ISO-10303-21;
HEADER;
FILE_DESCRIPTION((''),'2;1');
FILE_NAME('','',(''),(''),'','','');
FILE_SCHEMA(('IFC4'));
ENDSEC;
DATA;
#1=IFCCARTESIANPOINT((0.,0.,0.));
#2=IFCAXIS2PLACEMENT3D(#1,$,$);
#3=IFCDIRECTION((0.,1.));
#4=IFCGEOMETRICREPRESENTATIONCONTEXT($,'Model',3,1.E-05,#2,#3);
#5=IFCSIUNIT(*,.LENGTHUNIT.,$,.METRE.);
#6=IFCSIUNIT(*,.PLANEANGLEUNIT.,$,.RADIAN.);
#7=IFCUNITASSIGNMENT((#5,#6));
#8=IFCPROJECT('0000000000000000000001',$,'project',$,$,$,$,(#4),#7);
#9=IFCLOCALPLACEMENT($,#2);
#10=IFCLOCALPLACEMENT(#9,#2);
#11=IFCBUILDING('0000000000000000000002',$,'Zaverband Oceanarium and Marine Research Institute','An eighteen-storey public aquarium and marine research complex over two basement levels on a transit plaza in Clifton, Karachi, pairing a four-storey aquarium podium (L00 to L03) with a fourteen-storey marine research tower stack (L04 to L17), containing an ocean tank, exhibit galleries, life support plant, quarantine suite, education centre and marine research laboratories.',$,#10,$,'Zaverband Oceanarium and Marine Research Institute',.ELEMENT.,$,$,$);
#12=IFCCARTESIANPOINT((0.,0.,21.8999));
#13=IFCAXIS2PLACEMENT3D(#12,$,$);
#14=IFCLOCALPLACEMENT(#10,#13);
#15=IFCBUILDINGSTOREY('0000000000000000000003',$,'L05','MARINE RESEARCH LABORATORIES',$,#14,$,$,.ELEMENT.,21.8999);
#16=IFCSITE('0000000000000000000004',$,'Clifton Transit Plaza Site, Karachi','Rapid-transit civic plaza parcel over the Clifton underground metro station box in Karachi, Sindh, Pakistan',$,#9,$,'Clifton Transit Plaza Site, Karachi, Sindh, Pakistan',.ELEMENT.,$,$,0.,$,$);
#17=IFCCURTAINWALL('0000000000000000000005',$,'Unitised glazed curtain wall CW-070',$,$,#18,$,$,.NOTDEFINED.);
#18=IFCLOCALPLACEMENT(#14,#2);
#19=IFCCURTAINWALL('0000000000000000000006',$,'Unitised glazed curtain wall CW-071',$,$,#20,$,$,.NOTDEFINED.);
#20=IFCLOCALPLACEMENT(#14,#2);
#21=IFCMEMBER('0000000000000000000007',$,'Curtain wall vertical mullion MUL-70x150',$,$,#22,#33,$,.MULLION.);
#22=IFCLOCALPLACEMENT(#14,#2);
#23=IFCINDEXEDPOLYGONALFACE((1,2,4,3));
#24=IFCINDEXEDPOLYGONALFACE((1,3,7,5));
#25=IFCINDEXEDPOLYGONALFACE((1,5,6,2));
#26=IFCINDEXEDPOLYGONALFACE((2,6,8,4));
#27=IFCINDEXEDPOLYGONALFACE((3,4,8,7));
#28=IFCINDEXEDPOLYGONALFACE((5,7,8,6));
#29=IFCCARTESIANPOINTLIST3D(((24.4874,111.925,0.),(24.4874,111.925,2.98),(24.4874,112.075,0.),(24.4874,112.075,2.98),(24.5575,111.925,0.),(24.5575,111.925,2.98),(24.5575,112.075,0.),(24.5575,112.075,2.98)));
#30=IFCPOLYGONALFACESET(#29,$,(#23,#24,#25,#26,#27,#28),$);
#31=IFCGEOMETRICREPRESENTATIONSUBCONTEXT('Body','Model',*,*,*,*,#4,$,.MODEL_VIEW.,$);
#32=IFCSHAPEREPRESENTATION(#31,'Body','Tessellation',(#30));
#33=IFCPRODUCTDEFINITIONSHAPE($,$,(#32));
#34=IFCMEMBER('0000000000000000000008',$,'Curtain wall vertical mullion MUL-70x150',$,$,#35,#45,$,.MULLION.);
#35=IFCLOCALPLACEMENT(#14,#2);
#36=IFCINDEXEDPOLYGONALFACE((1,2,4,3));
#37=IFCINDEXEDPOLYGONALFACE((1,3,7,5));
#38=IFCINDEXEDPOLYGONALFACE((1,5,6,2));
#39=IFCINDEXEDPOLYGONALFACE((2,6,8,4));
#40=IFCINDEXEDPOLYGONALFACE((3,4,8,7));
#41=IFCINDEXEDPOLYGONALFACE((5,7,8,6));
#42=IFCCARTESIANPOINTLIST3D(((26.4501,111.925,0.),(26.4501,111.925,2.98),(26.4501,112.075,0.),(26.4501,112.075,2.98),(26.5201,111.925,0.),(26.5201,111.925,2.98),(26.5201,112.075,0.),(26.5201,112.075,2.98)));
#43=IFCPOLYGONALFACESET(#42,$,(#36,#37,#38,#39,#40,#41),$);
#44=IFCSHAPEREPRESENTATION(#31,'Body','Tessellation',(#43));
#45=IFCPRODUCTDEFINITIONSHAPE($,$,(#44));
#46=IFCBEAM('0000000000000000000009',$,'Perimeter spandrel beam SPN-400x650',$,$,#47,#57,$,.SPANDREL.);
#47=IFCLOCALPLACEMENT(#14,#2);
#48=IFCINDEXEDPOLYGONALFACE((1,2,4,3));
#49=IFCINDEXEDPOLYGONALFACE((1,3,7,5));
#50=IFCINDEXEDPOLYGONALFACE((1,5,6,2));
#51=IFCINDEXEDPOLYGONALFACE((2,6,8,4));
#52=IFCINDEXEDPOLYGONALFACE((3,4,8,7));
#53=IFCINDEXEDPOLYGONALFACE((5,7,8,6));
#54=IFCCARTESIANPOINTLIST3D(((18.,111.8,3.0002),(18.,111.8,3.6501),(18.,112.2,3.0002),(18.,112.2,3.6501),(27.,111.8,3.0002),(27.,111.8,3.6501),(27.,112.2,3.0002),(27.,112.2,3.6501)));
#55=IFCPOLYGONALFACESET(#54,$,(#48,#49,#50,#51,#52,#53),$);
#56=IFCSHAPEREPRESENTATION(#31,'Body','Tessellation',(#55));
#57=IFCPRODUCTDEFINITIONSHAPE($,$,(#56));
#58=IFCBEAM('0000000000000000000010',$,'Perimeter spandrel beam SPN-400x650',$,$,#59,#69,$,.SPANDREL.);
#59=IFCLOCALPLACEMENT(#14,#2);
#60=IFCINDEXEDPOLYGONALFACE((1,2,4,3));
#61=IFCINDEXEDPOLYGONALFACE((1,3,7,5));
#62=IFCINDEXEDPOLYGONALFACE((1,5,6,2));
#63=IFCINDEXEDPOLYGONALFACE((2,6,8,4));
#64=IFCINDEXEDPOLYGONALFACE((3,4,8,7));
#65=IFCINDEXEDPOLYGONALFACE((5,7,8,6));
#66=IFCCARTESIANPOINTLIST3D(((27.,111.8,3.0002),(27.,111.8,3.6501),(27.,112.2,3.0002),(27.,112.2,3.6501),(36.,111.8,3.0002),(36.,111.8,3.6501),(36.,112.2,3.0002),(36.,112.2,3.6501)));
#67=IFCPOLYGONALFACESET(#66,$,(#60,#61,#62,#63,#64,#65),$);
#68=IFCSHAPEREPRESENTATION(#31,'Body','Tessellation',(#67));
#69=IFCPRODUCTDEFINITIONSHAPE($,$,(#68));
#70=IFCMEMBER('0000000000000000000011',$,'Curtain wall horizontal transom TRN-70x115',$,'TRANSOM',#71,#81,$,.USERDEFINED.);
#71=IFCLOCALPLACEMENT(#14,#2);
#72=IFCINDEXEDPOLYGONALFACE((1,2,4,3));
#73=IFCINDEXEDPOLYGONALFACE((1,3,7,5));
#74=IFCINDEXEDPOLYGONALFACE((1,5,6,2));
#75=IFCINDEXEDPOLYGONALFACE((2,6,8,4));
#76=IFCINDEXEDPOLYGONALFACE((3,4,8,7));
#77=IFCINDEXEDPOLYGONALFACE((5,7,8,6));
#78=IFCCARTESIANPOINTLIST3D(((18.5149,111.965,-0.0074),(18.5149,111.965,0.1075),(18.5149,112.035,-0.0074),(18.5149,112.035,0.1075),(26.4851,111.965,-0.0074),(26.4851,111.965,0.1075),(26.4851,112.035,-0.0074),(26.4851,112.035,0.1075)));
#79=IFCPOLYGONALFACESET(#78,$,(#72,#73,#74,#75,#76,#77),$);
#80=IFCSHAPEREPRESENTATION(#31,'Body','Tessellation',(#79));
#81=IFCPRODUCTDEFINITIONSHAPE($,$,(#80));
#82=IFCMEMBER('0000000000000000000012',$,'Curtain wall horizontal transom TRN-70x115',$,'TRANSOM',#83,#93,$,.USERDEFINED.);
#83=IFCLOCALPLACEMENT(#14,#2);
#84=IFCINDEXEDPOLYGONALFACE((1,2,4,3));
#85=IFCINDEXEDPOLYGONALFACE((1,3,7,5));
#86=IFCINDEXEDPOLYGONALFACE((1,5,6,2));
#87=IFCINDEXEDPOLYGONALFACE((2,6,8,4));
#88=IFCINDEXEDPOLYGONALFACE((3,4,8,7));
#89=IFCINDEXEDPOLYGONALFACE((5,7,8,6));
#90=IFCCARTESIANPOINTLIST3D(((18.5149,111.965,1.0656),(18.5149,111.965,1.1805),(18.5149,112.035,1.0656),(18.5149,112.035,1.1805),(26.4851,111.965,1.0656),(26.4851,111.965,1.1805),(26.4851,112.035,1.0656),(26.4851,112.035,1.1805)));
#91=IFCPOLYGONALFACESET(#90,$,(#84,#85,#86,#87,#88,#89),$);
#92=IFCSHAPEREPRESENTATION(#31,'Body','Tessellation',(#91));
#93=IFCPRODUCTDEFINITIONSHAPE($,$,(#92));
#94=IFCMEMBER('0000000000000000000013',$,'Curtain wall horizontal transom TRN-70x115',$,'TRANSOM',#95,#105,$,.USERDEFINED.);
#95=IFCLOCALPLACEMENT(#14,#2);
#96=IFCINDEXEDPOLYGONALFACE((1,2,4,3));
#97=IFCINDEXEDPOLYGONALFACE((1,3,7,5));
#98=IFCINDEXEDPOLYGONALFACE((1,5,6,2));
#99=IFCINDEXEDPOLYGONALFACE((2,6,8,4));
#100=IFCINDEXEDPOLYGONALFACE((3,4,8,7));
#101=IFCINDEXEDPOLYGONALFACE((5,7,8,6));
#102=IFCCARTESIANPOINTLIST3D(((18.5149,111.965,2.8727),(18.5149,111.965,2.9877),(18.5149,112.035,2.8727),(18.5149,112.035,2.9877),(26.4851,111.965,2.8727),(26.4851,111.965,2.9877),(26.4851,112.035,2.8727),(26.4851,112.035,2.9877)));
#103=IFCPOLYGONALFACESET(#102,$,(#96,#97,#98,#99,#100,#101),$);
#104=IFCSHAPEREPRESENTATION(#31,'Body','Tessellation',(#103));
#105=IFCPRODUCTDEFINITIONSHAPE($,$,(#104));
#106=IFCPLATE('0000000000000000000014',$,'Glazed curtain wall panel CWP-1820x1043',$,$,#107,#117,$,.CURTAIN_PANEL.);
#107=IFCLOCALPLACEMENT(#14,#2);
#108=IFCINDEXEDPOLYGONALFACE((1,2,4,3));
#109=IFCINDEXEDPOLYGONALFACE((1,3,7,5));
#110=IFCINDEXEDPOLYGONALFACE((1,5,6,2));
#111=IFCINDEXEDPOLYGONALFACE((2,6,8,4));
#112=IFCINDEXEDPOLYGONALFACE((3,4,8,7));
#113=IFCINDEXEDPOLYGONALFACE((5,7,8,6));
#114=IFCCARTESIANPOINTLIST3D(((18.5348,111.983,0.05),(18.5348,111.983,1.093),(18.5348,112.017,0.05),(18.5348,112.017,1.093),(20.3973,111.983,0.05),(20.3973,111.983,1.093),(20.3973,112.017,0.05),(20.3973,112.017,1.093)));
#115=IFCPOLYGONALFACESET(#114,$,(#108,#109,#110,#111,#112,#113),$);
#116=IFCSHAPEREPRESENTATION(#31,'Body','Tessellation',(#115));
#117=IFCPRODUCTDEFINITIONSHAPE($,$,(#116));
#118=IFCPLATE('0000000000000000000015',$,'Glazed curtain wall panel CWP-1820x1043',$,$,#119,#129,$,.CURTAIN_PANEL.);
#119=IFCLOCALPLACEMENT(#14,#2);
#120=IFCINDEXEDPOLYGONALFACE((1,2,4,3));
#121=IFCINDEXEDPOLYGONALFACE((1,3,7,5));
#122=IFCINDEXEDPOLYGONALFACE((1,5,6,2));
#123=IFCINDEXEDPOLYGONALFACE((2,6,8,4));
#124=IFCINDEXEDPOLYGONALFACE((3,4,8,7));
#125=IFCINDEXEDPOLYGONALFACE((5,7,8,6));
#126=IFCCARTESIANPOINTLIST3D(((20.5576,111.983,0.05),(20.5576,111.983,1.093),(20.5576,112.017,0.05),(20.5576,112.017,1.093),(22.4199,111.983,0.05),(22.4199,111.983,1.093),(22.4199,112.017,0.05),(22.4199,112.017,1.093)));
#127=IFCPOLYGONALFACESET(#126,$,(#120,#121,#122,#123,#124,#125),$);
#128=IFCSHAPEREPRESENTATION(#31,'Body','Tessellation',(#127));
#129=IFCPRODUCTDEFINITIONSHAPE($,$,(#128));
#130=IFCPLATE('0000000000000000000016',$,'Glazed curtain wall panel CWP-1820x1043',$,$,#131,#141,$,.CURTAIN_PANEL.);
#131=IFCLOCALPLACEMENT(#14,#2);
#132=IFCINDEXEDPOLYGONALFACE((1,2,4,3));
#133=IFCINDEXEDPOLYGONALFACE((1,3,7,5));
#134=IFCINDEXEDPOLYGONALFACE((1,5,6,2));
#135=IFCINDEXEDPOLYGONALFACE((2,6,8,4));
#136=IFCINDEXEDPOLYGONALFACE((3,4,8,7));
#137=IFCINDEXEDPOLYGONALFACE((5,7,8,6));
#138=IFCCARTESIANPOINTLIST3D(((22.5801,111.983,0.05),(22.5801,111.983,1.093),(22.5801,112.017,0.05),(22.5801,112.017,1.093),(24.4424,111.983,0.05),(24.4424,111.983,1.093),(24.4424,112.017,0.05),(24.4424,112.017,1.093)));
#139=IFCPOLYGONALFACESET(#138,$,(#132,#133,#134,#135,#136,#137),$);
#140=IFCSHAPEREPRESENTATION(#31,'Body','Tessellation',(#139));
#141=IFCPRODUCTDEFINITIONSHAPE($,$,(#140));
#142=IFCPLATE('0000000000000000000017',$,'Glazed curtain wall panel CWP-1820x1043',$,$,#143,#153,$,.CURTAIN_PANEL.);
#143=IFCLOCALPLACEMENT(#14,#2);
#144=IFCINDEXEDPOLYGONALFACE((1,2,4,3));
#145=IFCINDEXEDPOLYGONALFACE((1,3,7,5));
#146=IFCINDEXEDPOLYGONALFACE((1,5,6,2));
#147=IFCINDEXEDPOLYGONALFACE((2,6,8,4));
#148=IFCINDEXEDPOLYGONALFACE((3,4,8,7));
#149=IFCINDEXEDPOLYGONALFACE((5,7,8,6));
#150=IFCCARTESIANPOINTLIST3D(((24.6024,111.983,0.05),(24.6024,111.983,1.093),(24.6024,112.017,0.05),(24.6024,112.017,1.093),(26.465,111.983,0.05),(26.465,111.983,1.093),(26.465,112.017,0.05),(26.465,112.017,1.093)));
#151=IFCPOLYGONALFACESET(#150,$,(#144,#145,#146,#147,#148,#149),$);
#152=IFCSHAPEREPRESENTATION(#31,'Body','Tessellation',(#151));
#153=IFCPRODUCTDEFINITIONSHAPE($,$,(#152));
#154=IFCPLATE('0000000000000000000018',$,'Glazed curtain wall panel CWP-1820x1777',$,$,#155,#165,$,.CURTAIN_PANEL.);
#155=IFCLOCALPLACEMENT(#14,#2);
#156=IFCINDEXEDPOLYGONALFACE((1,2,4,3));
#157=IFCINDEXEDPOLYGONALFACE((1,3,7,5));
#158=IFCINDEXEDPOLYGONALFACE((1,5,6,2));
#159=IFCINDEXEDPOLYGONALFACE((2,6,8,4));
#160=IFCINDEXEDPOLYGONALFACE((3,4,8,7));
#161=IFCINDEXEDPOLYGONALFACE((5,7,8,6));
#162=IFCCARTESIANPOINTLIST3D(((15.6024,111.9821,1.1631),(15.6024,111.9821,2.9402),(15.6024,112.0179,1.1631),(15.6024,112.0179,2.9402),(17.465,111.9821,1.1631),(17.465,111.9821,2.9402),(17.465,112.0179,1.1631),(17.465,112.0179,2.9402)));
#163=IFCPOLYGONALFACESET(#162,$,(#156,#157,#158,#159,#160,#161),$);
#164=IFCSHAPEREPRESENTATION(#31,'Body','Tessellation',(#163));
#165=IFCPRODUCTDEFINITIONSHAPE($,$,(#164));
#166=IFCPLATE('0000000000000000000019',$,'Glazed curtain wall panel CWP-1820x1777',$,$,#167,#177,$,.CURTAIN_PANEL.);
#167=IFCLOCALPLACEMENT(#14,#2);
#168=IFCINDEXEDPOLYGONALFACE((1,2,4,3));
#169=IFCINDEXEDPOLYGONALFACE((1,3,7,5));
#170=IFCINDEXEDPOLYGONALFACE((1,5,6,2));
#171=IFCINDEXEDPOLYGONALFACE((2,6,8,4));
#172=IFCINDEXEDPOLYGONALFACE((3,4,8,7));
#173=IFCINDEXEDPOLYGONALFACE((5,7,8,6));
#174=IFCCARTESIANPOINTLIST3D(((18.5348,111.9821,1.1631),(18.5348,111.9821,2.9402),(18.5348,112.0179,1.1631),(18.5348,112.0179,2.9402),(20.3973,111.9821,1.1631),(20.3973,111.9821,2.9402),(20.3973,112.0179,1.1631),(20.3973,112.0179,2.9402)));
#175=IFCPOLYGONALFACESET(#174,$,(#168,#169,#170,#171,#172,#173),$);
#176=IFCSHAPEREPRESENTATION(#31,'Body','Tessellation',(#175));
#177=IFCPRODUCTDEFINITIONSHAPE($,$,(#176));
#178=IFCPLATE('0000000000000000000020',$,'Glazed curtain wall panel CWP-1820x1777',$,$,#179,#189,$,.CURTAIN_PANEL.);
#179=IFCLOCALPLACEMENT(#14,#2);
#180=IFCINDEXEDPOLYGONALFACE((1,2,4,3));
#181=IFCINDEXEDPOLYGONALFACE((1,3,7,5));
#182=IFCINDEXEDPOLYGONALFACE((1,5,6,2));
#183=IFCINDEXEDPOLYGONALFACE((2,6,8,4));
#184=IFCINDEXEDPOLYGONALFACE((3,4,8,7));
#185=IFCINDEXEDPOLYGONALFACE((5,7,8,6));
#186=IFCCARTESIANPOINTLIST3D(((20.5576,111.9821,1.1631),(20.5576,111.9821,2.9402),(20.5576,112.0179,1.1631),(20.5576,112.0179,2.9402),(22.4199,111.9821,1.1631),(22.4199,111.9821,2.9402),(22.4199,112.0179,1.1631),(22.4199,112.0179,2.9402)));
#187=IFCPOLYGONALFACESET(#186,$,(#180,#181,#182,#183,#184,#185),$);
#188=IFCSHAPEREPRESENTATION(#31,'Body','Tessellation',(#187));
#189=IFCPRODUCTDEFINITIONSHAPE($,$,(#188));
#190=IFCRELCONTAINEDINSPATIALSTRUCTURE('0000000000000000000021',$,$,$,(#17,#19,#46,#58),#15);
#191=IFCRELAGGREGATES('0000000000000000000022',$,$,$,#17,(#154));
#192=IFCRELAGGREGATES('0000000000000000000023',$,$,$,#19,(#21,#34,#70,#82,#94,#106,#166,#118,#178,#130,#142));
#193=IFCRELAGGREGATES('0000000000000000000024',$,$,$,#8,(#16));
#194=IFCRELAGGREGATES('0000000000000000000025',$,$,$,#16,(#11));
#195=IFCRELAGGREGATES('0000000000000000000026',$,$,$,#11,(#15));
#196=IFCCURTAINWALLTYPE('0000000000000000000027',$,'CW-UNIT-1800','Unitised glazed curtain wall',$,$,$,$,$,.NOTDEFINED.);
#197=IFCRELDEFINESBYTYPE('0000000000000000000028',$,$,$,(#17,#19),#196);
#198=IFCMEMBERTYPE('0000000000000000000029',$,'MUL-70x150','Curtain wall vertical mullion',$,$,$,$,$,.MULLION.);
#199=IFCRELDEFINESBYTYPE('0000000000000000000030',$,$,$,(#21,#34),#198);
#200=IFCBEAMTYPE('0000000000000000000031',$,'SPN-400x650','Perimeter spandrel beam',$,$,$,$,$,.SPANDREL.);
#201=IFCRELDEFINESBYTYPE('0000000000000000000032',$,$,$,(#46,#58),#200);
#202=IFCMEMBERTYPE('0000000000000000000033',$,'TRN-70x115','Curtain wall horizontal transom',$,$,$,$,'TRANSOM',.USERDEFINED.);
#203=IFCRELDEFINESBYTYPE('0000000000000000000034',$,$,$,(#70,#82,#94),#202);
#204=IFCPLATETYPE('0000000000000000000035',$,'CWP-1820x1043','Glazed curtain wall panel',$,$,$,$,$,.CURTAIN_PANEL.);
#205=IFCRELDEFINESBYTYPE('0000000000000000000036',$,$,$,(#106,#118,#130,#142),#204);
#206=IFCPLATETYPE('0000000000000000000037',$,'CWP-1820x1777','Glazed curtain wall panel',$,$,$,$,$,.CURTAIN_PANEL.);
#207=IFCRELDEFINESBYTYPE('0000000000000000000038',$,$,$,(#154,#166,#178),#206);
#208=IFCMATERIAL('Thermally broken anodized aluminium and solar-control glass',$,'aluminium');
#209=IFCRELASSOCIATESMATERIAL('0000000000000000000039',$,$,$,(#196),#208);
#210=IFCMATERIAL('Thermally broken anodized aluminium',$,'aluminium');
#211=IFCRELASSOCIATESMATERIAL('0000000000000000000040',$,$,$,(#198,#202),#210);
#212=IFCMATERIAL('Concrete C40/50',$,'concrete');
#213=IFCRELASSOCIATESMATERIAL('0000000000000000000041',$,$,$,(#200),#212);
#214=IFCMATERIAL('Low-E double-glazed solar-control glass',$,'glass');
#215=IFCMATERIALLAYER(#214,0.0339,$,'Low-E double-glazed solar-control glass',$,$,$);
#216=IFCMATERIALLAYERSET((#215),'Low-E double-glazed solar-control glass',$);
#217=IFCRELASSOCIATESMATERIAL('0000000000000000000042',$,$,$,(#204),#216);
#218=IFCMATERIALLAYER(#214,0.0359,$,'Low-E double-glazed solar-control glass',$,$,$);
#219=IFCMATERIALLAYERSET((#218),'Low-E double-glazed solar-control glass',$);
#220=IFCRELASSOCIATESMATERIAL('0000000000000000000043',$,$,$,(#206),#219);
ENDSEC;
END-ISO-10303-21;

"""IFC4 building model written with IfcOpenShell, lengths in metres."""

from ifc_helpers import new_model, si_unit, direction, frame, frame_2d, origin, origin_2d, place, context, subcontext, project, spatial, rectangle, extrude, material, layer, layer_set, material_profile, profile_set, type_object, element, aggregate, save


model = new_model("IFC4")

# Units and contexts
model_context = context("Model", 3, precision=1e-05, world=origin(), true_north=direction((0.0, 1.0)))
body_context = subcontext(model_context, "Body", "Model", "MODEL_VIEW")
ifc_project = project(units=[si_unit("LENGTHUNIT", "METRE"), si_unit("PLANEANGLEUNIT", "RADIAN")], contexts=[model_context])

# Site, building, storey
site_placement = place(None, origin())
site = spatial("IfcSite", under=ifc_project, at=site_placement, Name="Clifton Transit Plaza Site, Karachi", Description="Rapid-transit civic plaza parcel over the Clifton underground metro station box in Karachi, Sindh, Pakistan", LongName="Clifton Transit Plaza Site, Karachi, Sindh, Pakistan", CompositionType="ELEMENT", RefElevation=0.0)
building_placement = place(site_placement, origin())
building = spatial("IfcBuilding", under=site, at=building_placement, Name="Zaverband Oceanarium and Marine Research Institute", Description="An eighteen-storey public aquarium and marine research complex over two basement levels on a transit plaza in Clifton, Karachi, pairing a four-storey aquarium podium (L00 to L03) with a fourteen-storey marine research tower stack (L04 to L17), containing an ocean tank, exhibit galleries, life support plant, quarantine suite, education centre and marine research laboratories.", LongName="Zaverband Oceanarium and Marine Research Institute", CompositionType="ELEMENT")
storey_placement = place(building_placement, frame((0.0, 0.0, 21.8999)))
storey = spatial("IfcBuildingStorey", under=building, at=storey_placement, Name="L05", Description="MARINE RESEARCH LABORATORIES", CompositionType="ELEMENT", Elevation=21.8999)

# Shared definitions
ifc_material_1 = material(Name="Concrete C40/50", Category="concrete")

# Curtain wall
ifc_material_2 = material(Name="Thermally broken anodized aluminium and solar-control glass", Category="aluminium")
curtain_wall_type = type_object("IfcCurtainWallType", Name="CW-UNIT-1800", Description="Unitised glazed curtain wall", PredefinedType="NOTDEFINED", material=ifc_material_2)
curtain_wall_1_placement = place(storey_placement, origin())
curtain_wall_1 = element("IfcCurtainWall", 1, at=curtain_wall_1_placement, inside=storey, type_object=curtain_wall_type, Name="Unitised glazed curtain wall CW-070", PredefinedType="NOTDEFINED")
ifc_material_3 = material(Name="Thermally broken anodized aluminium", Category="aluminium")
ifc_material_profile_1 = material_profile(ifc_material_3, rectangle(XDim=0.0701, YDim=0.1499, at=origin_2d()), Name="AL-MUL-70x150")
ifc_profile_set_1 = profile_set([ifc_material_profile_1], Name="Thermally broken anodized aluminium")
member_type_1 = type_object("IfcMemberType", Name="MUL-70x150", Description="Curtain wall vertical mullion", PredefinedType="MULLION", material=ifc_profile_set_1)

# Curtain wall, members
curtain_wall_2_placement = place(storey_placement, origin())
curtain_wall_2 = element("IfcCurtainWall", 2, at=curtain_wall_2_placement, inside=storey, type_object=curtain_wall_type, Name="Unitised glazed curtain wall CW-071", PredefinedType="NOTDEFINED")
member_1_placement = place(storey_placement, frame((24.5225, 112.0, 0.0), z_axis=(0.0, 0.0, 1.0), x_axis=(1.0, 0.0, 0.0)))
member_1 = element("IfcMember", 3, at=member_1_placement, type_object=member_type_1, Name="Curtain wall vertical mullion MUL-70x150", PredefinedType="MULLION", context=body_context, shape_type="SweptSolid", body=[
    extrude(rectangle(XDim=0.0701, YDim=0.1499, at=origin_2d()), origin(), (0.0, 0.0, 1.0), 2.98),
])
member_2_placement = place(storey_placement, frame((26.4851, 112.0, 0.0), z_axis=(0.0, 0.0, 1.0), x_axis=(1.0, 0.0, 0.0)))
member_2 = element("IfcMember", 4, at=member_2_placement, type_object=member_type_1, Name="Curtain wall vertical mullion MUL-70x150", PredefinedType="MULLION", context=body_context, shape_type="SweptSolid", body=[
    extrude(rectangle(XDim=0.0701, YDim=0.1499, at=origin_2d()), origin(), (0.0, 0.0, 1.0), 2.98),
])

# Beams
ifc_material_profile_2 = material_profile(ifc_material_1, rectangle(XDim=0.3999, YDim=0.6499, at=origin_2d()), Name="RC400x650")
ifc_profile_set_2 = profile_set([ifc_material_profile_2], Name="Concrete C40/50")
beam_type_1 = type_object("IfcBeamType", Name="SPN-400x650", Description="Perimeter spandrel beam", PredefinedType="SPANDREL", material=ifc_profile_set_2)
for number, where, z_axis, x_axis, name in (
    (5, (18.0, 112.0, 3.3252), (1.0, 0.0, 0.0), (0.0, 1.0, 0.0), "Perimeter spandrel beam SPN-400x650"),
    (6, (27.0, 112.0, 3.3252), (1.0, 0.0, 0.0), (0.0, 1.0, 0.0), "Perimeter spandrel beam SPN-400x650"),
):
    element("IfcBeam", number, at=place(storey_placement, frame(where, z_axis=z_axis, x_axis=x_axis)), inside=storey, type_object=beam_type_1, Name=name, PredefinedType="SPANDREL", context=body_context, shape_type="SweptSolid", body=[
        extrude(rectangle(XDim=0.3999, YDim=0.6499, at=origin_2d()), origin(), (0.0, 0.0, 1.0), 9.0),
    ])

# Members
ifc_material_profile_3 = material_profile(ifc_material_3, rectangle(XDim=0.0701, YDim=0.115, at=origin_2d()), Name="AL-TRN-70x115")
ifc_profile_set_3 = profile_set([ifc_material_profile_3], Name="Thermally broken anodized aluminium")
member_type_2 = type_object("IfcMemberType", Name="TRN-70x115", Description="Curtain wall horizontal transom", ElementType="TRANSOM", PredefinedType="USERDEFINED", material=ifc_profile_set_3)
member_3_placement = place(storey_placement, frame((18.5149, 112.0, 0.05), z_axis=(1.0, 0.0, 0.0), x_axis=(0.0, 1.0, 0.0)))
member_3 = element("IfcMember", 7, at=member_3_placement, type_object=member_type_2, Name="Curtain wall horizontal transom TRN-70x115", ObjectType="TRANSOM", PredefinedType="USERDEFINED", context=body_context, shape_type="SweptSolid", body=[
    extrude(rectangle(XDim=0.0701, YDim=0.115, at=origin_2d()), origin(), (0.0, 0.0, 1.0), 7.9702),
])
member_4_placement = place(storey_placement, frame((18.5149, 112.0, 1.123), z_axis=(1.0, 0.0, 0.0), x_axis=(0.0, 1.0, 0.0)))
member_4 = element("IfcMember", 8, at=member_4_placement, type_object=member_type_2, Name="Curtain wall horizontal transom TRN-70x115", ObjectType="TRANSOM", PredefinedType="USERDEFINED", context=body_context, shape_type="SweptSolid", body=[
    extrude(rectangle(XDim=0.0701, YDim=0.115, at=origin_2d()), origin(), (0.0, 0.0, 1.0), 7.9702),
])
member_5_placement = place(storey_placement, frame((18.5149, 112.0, 2.9302), z_axis=(1.0, 0.0, 0.0), x_axis=(0.0, 1.0, 0.0)))
member_5 = element("IfcMember", 9, at=member_5_placement, type_object=member_type_2, Name="Curtain wall horizontal transom TRN-70x115", ObjectType="TRANSOM", PredefinedType="USERDEFINED", context=body_context, shape_type="SweptSolid", body=[
    extrude(rectangle(XDim=0.0701, YDim=0.115, at=origin_2d()), origin(), (0.0, 0.0, 1.0), 7.9702),
])

# Plates
ifc_material_4 = material(Name="Low-E double-glazed solar-control glass", Category="glass")
ifc_layer_1 = layer(ifc_material_4, 0.0339, Name="Low-E double-glazed solar-control glass")
ifc_layer_set_1 = layer_set([ifc_layer_1], Name="Low-E double-glazed solar-control glass")
plate_type_1 = type_object("IfcPlateType", Name="CWP-1820x1043", Description="Glazed curtain wall panel", PredefinedType="CURTAIN_PANEL", material=ifc_layer_set_1)
plate_1_placement = place(storey_placement, frame((18.5349, 112.0, 0.05), z_axis=(0.0, 0.0, 1.0), x_axis=(1.0, 0.0, 0.0)))
plate_1 = element("IfcPlate", 10, at=plate_1_placement, type_object=plate_type_1, Name="Glazed curtain wall panel CWP-1820x1043", PredefinedType="CURTAIN_PANEL", context=body_context, shape_type="SweptSolid", body=[
    extrude(rectangle(XDim=1.8625, YDim=0.0339, at=frame_2d((0.9312, 0.0))), origin(), (0.0, 0.0, 1.0), 1.043),
])
plate_2_placement = place(storey_placement, frame((20.5576, 112.0, 0.05), z_axis=(0.0, 0.0, 1.0), x_axis=(1.0, 0.0, 0.0)))
plate_2 = element("IfcPlate", 11, at=plate_2_placement, type_object=plate_type_1, Name="Glazed curtain wall panel CWP-1820x1043", PredefinedType="CURTAIN_PANEL", context=body_context, shape_type="SweptSolid", body=[
    extrude(rectangle(XDim=1.8623, YDim=0.0339, at=frame_2d((0.9312, 0.0))), origin(), (0.0, 0.0, 1.0), 1.043),
])
plate_3_placement = place(storey_placement, frame((22.5801, 112.0, 0.05), z_axis=(0.0, 0.0, 1.0), x_axis=(1.0, 0.0, 0.0)))
plate_3 = element("IfcPlate", 12, at=plate_3_placement, type_object=plate_type_1, Name="Glazed curtain wall panel CWP-1820x1043", PredefinedType="CURTAIN_PANEL", context=body_context, shape_type="SweptSolid", body=[
    extrude(rectangle(XDim=1.8623, YDim=0.0339, at=frame_2d((0.9312, 0.0))), origin(), (0.0, 0.0, 1.0), 1.043),
])
plate_4_placement = place(storey_placement, frame((24.6025, 112.0, 0.05), z_axis=(0.0, 0.0, 1.0), x_axis=(1.0, 0.0, 0.0)))
plate_4 = element("IfcPlate", 13, at=plate_4_placement, type_object=plate_type_1, Name="Glazed curtain wall panel CWP-1820x1043", PredefinedType="CURTAIN_PANEL", context=body_context, shape_type="SweptSolid", body=[
    extrude(rectangle(XDim=1.8625, YDim=0.0339, at=frame_2d((0.9312, 0.0))), origin(), (0.0, 0.0, 1.0), 1.043),
])
ifc_layer_2 = layer(ifc_material_4, 0.0359, Name="Low-E double-glazed solar-control glass")
ifc_layer_set_2 = layer_set([ifc_layer_2], Name="Low-E double-glazed solar-control glass")
plate_type_2 = type_object("IfcPlateType", Name="CWP-1820x1777", Description="Glazed curtain wall panel", PredefinedType="CURTAIN_PANEL", material=ifc_layer_set_2)
plate_5_placement = place(storey_placement, frame((15.6025, 112.0, 1.1631), z_axis=(0.0, 0.0, 1.0), x_axis=(1.0, 0.0, 0.0)))
plate_5 = element("IfcPlate", 14, at=plate_5_placement, type_object=plate_type_2, Name="Glazed curtain wall panel CWP-1820x1777", PredefinedType="CURTAIN_PANEL", context=body_context, shape_type="SweptSolid", body=[
    extrude(rectangle(XDim=1.8625, YDim=0.0359, at=frame_2d((0.9312, 0.0))), origin(), (0.0, 0.0, 1.0), 1.7771),
])
aggregate(curtain_wall_1, [plate_5])
plate_6_placement = place(storey_placement, frame((18.5349, 112.0, 1.1631), z_axis=(0.0, 0.0, 1.0), x_axis=(1.0, 0.0, 0.0)))
plate_6 = element("IfcPlate", 15, at=plate_6_placement, type_object=plate_type_2, Name="Glazed curtain wall panel CWP-1820x1777", PredefinedType="CURTAIN_PANEL", context=body_context, shape_type="SweptSolid", body=[
    extrude(rectangle(XDim=1.8625, YDim=0.0359, at=frame_2d((0.9312, 0.0))), origin(), (0.0, 0.0, 1.0), 1.7771),
])
plate_7_placement = place(storey_placement, frame((20.5576, 112.0, 1.1631), z_axis=(0.0, 0.0, 1.0), x_axis=(1.0, 0.0, 0.0)))
plate_7 = element("IfcPlate", 16, at=plate_7_placement, type_object=plate_type_2, Name="Glazed curtain wall panel CWP-1820x1777", PredefinedType="CURTAIN_PANEL", context=body_context, shape_type="SweptSolid", body=[
    extrude(rectangle(XDim=1.8623, YDim=0.0359, at=frame_2d((0.9312, 0.0))), origin(), (0.0, 0.0, 1.0), 1.7771),
])
aggregate(curtain_wall_2, [member_1, member_2, member_3, member_4, member_5, plate_1, plate_6, plate_2, plate_7, plate_3, plate_4])

save(model, "model.ifc")
